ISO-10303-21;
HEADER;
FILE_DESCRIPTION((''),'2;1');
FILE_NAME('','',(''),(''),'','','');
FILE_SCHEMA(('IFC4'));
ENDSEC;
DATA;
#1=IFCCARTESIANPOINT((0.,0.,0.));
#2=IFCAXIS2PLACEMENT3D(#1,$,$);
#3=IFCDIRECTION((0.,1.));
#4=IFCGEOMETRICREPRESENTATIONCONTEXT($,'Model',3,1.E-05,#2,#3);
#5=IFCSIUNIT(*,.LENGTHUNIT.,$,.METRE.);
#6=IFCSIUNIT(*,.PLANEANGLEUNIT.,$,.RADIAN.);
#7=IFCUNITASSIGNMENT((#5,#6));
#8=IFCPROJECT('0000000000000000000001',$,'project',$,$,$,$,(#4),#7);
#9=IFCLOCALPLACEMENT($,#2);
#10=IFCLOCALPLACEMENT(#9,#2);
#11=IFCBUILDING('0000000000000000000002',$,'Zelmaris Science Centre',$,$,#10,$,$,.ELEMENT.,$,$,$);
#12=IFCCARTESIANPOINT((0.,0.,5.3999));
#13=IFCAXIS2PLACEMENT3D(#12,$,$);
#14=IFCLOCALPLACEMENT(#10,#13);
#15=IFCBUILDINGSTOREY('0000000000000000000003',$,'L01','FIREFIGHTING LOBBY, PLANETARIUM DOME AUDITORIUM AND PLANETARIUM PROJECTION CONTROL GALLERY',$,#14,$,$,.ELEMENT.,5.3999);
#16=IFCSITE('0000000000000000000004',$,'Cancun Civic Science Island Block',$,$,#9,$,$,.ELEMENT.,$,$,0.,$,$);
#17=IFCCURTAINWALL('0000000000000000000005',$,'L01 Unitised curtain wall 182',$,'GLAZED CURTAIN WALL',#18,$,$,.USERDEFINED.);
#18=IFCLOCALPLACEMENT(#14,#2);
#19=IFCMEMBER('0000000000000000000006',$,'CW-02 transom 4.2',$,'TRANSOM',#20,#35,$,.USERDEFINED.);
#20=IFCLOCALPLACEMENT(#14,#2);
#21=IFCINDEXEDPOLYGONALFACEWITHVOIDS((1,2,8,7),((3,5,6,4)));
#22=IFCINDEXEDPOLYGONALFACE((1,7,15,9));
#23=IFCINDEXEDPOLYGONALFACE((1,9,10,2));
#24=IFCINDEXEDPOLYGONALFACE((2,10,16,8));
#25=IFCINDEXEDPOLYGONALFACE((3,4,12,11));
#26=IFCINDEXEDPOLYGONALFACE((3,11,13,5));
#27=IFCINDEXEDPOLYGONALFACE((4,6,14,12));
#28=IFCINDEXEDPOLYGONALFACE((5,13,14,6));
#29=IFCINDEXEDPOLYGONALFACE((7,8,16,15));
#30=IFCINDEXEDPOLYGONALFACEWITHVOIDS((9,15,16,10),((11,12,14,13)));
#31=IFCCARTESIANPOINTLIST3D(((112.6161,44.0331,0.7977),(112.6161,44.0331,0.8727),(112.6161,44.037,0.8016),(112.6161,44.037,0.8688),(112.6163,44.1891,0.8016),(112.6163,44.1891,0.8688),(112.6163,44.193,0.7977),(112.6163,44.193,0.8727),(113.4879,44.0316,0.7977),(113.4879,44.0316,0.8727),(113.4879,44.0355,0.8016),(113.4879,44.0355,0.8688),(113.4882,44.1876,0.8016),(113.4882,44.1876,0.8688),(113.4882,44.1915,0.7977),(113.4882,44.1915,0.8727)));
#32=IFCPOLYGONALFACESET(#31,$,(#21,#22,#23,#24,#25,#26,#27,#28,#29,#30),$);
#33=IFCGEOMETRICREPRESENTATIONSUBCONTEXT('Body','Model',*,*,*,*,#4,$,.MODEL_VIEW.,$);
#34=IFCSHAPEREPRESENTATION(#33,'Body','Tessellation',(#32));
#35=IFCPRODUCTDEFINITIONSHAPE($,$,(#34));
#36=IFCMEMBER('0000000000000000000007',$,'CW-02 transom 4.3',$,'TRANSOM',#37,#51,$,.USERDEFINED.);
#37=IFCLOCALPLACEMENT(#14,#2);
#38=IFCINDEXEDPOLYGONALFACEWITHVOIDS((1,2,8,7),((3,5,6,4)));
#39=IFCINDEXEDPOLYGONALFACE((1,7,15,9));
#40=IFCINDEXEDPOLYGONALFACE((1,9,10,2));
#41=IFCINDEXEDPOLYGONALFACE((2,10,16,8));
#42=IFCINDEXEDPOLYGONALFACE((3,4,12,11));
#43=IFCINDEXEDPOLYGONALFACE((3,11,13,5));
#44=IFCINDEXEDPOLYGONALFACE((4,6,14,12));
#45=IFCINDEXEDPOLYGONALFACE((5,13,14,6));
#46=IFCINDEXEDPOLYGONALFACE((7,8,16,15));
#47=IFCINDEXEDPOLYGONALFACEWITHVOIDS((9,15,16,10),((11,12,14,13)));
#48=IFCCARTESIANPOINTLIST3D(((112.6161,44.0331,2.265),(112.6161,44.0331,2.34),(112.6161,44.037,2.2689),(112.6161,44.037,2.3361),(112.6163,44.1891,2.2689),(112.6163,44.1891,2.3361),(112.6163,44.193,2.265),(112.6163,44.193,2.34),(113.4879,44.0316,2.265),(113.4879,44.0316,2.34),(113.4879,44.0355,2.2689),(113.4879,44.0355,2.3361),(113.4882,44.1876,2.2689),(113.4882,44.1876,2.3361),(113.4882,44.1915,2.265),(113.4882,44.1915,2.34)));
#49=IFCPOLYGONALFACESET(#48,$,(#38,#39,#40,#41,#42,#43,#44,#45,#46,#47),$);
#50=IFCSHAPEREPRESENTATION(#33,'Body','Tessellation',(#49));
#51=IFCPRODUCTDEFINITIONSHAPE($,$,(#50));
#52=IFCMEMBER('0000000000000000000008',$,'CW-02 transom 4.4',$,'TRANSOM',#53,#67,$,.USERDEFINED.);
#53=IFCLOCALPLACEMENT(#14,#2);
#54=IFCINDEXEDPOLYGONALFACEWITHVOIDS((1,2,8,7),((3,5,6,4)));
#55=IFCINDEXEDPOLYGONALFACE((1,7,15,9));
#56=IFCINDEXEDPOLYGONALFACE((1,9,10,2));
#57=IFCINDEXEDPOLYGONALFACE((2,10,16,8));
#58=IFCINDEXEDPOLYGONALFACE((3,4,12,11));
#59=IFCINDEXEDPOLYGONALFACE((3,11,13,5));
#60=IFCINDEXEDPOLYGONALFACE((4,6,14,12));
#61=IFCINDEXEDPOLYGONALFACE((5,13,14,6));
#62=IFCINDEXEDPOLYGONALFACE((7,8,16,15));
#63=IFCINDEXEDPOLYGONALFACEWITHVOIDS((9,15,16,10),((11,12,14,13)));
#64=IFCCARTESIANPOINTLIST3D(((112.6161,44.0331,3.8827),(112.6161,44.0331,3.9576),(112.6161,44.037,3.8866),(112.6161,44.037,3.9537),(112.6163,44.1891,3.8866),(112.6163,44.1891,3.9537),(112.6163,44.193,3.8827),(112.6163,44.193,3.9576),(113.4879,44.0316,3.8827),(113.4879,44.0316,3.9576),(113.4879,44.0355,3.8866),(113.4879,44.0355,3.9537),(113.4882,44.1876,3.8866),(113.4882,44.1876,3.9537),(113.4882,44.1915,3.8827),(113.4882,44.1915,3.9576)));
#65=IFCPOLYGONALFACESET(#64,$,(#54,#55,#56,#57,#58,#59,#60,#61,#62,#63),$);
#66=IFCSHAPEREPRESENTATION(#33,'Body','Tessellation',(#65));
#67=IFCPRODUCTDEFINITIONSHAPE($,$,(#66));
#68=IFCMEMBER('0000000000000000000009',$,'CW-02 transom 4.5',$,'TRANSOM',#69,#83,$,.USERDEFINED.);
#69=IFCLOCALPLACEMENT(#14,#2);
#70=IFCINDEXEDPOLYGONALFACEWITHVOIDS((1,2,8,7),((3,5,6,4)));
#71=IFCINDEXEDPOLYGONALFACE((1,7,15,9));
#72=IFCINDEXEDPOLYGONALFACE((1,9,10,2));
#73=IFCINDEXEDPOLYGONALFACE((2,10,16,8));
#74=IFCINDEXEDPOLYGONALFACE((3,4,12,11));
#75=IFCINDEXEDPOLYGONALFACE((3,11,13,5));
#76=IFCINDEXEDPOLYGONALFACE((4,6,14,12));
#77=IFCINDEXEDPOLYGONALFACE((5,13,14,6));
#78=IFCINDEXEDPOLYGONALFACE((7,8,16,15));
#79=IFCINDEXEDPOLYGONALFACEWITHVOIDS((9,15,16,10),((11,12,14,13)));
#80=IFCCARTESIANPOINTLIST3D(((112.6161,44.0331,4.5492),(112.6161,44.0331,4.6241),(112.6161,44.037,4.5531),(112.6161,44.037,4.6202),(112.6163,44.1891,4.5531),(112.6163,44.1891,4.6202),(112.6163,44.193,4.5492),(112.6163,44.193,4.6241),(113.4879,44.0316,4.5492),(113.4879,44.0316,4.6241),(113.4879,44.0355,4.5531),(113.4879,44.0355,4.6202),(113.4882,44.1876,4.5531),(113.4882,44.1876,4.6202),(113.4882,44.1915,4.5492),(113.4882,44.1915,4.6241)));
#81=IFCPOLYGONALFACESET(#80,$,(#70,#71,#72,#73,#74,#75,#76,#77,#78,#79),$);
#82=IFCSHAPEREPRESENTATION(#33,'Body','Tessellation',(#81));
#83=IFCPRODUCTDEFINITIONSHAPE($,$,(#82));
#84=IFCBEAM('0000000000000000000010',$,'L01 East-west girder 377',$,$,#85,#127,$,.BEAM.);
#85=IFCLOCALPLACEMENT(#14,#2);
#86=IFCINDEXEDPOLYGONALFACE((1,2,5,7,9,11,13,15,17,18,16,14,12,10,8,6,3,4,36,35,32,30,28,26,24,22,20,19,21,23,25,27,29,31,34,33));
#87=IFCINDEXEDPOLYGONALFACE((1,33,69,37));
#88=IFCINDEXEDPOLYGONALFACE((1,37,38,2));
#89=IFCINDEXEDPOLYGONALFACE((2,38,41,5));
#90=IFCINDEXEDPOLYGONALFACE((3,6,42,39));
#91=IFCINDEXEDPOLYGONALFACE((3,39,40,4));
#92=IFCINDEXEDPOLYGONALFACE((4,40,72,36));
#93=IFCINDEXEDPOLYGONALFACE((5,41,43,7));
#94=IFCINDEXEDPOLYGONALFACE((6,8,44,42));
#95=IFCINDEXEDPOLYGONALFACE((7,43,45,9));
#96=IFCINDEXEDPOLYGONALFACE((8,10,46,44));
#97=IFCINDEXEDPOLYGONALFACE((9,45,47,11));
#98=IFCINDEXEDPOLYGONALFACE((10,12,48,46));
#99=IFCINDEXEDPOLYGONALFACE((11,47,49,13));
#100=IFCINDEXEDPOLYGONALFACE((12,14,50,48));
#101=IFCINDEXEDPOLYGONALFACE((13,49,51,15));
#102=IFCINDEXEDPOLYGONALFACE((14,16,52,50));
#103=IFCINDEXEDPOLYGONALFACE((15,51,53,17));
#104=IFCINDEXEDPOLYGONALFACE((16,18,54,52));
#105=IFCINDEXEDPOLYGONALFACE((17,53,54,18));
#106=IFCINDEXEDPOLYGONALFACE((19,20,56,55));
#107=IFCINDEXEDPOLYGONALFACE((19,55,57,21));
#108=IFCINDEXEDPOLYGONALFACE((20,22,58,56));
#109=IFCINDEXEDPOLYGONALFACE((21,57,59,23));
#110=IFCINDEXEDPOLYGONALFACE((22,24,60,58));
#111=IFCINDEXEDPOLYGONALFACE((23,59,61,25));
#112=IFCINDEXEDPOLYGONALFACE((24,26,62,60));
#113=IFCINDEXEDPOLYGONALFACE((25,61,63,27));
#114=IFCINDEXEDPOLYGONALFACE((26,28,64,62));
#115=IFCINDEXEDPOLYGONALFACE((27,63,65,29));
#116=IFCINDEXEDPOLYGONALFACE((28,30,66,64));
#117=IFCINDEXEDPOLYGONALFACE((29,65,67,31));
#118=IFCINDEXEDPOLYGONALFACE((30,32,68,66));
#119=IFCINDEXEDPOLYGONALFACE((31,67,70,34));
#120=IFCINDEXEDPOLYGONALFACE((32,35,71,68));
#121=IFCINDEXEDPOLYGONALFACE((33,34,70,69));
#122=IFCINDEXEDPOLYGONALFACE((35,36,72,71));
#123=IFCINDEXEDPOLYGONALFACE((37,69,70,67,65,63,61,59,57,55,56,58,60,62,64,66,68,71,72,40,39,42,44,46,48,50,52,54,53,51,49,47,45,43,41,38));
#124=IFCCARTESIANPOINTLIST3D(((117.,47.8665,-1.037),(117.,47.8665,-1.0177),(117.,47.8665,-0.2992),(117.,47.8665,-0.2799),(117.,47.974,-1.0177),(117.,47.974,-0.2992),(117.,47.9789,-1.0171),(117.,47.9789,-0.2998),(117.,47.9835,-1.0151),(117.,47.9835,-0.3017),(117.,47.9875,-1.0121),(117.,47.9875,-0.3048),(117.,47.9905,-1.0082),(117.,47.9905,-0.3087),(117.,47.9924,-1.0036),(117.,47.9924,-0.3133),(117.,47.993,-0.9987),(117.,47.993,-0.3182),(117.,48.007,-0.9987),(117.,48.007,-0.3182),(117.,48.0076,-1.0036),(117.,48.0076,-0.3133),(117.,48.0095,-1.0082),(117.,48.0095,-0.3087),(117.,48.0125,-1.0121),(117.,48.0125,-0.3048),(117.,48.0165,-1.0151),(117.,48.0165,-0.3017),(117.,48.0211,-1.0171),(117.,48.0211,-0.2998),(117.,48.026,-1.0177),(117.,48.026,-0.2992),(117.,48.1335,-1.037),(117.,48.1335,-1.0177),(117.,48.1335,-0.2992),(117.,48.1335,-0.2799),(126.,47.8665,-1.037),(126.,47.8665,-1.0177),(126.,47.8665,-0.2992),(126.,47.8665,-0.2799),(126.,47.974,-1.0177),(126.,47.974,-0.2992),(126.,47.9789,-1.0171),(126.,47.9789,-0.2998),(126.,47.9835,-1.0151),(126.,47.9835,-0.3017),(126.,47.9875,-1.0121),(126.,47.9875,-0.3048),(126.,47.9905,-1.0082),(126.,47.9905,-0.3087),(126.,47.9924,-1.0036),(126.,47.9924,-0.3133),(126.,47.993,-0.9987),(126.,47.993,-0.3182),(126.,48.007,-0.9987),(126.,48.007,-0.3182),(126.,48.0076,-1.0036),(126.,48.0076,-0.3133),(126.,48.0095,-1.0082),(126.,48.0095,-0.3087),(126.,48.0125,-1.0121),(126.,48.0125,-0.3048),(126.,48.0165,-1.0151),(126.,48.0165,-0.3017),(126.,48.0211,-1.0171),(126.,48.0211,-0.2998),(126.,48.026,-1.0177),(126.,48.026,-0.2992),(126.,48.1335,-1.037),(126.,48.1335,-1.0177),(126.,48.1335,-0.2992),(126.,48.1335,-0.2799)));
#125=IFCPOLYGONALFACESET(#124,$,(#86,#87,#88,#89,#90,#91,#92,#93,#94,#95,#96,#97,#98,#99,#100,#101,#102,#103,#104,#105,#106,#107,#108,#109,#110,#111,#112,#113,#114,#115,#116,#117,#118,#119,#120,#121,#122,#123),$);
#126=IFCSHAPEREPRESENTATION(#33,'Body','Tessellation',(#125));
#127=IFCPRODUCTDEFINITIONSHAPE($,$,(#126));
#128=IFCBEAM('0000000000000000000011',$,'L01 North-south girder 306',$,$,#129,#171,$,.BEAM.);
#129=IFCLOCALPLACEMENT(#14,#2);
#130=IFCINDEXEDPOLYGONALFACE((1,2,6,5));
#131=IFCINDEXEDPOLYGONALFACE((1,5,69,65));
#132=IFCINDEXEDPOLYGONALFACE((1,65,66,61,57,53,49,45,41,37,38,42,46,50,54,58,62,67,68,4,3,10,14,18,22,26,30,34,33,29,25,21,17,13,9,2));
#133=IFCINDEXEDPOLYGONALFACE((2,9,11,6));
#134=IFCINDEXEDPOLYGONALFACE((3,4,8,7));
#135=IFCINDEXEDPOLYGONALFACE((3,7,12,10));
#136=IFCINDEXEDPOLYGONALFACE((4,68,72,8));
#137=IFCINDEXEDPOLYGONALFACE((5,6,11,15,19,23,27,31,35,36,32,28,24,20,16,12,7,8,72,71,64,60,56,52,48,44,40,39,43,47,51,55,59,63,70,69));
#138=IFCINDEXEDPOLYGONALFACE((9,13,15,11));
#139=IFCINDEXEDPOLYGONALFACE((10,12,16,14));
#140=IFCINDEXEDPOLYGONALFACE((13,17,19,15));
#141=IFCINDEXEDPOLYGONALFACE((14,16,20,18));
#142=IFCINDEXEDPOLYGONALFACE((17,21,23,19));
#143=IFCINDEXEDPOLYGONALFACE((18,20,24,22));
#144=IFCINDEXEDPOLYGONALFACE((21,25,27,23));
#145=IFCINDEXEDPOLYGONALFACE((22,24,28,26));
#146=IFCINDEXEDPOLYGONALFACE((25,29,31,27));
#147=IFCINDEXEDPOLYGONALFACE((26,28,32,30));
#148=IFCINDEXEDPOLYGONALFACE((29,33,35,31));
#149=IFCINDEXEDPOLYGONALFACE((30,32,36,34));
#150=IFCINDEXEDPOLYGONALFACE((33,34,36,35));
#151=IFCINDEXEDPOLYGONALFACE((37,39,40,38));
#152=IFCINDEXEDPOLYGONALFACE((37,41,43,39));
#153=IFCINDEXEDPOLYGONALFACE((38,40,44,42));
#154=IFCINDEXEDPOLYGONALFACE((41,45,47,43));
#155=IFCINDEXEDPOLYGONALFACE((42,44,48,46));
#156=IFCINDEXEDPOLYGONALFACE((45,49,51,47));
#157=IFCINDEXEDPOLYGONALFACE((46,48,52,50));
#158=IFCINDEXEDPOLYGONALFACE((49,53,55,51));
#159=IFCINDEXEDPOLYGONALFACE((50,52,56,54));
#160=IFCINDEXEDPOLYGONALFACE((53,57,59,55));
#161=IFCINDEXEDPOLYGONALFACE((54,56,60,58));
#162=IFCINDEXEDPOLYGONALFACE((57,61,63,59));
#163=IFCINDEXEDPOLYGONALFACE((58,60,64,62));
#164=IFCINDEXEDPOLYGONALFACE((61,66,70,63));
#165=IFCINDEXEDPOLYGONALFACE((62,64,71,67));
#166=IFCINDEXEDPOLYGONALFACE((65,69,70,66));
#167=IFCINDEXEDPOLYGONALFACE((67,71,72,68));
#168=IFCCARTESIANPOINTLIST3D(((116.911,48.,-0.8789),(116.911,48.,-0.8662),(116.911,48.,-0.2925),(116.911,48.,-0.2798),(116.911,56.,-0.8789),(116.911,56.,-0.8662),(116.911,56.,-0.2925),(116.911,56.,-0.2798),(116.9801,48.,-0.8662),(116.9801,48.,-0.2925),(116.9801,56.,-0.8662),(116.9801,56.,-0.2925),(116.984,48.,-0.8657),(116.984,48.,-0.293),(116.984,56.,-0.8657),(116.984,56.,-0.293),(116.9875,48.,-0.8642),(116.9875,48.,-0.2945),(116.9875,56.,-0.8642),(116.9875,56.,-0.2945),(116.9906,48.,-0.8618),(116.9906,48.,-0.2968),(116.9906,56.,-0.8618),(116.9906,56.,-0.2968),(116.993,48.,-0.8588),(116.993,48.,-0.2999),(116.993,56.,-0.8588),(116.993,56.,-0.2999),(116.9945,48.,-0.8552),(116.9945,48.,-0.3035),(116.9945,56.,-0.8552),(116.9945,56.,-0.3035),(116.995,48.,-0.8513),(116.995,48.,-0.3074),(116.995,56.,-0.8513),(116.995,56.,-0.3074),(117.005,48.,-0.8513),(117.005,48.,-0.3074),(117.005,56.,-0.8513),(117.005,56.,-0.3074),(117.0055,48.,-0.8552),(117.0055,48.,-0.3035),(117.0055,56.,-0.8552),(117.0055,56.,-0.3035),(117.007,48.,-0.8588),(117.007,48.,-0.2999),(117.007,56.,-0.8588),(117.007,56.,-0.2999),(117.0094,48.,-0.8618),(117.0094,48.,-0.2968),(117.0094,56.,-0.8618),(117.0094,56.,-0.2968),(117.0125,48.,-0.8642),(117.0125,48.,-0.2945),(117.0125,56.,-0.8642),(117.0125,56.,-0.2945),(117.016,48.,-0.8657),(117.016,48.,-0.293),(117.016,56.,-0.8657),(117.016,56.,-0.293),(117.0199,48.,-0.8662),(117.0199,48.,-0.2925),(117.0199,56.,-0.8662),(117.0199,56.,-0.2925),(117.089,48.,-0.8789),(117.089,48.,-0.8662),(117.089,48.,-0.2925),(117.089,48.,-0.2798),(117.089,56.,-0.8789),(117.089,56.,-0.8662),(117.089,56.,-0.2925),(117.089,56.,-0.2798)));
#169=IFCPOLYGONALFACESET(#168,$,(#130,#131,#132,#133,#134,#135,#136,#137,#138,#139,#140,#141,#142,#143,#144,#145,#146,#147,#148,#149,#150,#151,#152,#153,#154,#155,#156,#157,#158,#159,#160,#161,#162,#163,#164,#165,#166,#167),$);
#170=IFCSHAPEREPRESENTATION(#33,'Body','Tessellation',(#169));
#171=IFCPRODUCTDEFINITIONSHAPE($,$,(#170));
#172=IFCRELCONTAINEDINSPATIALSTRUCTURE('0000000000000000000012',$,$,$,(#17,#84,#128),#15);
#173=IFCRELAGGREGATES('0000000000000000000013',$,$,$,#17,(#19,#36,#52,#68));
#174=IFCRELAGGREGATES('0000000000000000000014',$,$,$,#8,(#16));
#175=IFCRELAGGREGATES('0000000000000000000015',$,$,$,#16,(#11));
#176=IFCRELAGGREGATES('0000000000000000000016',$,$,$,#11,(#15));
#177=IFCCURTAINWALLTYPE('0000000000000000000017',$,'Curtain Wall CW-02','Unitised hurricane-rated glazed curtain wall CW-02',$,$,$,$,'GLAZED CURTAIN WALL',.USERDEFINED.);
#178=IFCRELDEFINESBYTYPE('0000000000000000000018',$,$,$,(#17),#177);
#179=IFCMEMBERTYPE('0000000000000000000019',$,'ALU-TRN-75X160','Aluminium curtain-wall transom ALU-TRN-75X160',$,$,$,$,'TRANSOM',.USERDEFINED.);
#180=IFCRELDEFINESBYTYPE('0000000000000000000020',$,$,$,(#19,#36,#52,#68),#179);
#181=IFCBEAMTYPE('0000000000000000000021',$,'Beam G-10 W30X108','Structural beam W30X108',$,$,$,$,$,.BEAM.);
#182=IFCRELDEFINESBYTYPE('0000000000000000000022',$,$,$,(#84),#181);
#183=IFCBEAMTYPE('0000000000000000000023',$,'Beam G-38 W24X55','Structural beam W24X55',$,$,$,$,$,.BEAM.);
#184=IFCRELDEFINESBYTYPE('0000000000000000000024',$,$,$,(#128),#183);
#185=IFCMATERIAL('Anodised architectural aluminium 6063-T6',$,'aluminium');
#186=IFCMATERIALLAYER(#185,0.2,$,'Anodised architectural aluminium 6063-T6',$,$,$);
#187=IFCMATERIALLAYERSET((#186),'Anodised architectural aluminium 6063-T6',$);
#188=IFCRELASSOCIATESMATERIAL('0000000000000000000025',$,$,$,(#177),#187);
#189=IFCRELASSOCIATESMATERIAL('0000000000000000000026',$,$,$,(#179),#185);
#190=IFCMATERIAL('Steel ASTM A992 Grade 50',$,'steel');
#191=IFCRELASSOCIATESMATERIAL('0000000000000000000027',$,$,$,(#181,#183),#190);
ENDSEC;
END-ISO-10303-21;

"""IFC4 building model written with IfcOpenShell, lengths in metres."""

from ifc_helpers import new_model, si_unit, direction, frame, origin, origin_2d, place, context, subcontext, project, spatial, hollow_rectangle, i_section, extrude, material, layer, layer_set, material_profile, profile_set, type_object, element, aggregate, save


model = new_model("IFC4")

# Units and contexts
model_context = context("Model", 3, precision=1e-05, world=origin(), true_north=direction((0.0, 1.0)))
body_context = subcontext(model_context, "Body", "Model", "MODEL_VIEW")
ifc_project = project(units=[si_unit("LENGTHUNIT", "METRE"), si_unit("PLANEANGLEUNIT", "RADIAN")], contexts=[model_context])

# Site, building, storey
site_placement = place(None, origin())
site = spatial("IfcSite", under=ifc_project, at=site_placement, Name="Cancun Civic Science Island Block", CompositionType="ELEMENT", RefElevation=0.0)
building_placement = place(site_placement, origin())
building = spatial("IfcBuilding", under=site, at=building_placement, Name="Zelmaris Science Centre", CompositionType="ELEMENT")
storey_placement = place(building_placement, frame((0.0, 0.0, 5.3999)))
storey = spatial("IfcBuildingStorey", under=building, at=storey_placement, Name="L01", Description="FIREFIGHTING LOBBY, PLANETARIUM DOME AUDITORIUM AND PLANETARIUM PROJECTION CONTROL GALLERY", CompositionType="ELEMENT", Elevation=5.3999)

# Shared definitions
ifc_material_1 = material(Name="Steel ASTM A992 Grade 50", Category="steel")

# Curtain wall, members
ifc_material_2 = material(Name="Anodised architectural aluminium 6063-T6", Category="aluminium")
ifc_layer_1 = layer(ifc_material_2, 0.2, Name="Anodised architectural aluminium 6063-T6")
ifc_layer_set_1 = layer_set([ifc_layer_1], Name="Anodised architectural aluminium 6063-T6")
curtain_wall_type = type_object("IfcCurtainWallType", Name="Curtain Wall CW-02", Description="Unitised hurricane-rated glazed curtain wall CW-02", ElementType="GLAZED CURTAIN WALL", PredefinedType="USERDEFINED", material=ifc_layer_set_1)
curtain_wall_placement = place(storey_placement, origin())
curtain_wall = element("IfcCurtainWall", 1, at=curtain_wall_placement, inside=storey, type_object=curtain_wall_type, Name="L01 Unitised curtain wall 182", ObjectType="GLAZED CURTAIN WALL", PredefinedType="USERDEFINED")
ifc_material_profile_1 = material_profile(ifc_material_2, hollow_rectangle(XDim=0.075, YDim=0.1599, WallThickness=0.0039, at=origin_2d()), Name="ALU-TRN-75X160")
ifc_profile_set_1 = profile_set([ifc_material_profile_1], Name="Anodised architectural aluminium 6063-T6")
member_type_1 = type_object("IfcMemberType", Name="ALU-TRN-75X160", Description="Aluminium curtain-wall transom ALU-TRN-75X160", ElementType="TRANSOM", PredefinedType="USERDEFINED", material=ifc_profile_set_1)
member_1_placement = place(storey_placement, frame((113.488, 44.1116, 0.8352), z_axis=(-0.999999, 0.00168, 0.0), x_axis=(0.0, 0.0, 1.0)))
member_1 = element("IfcMember", 2, at=member_1_placement, type_object=member_type_1, Name="CW-02 transom 4.2", ObjectType="TRANSOM", PredefinedType="USERDEFINED", context=body_context, shape_type="SweptSolid", body=[
    extrude(hollow_rectangle(XDim=0.075, YDim=0.1599, WallThickness=0.0039, at=origin_2d()), origin(), (0.0, 0.0, 1.0), 0.8718),
])
member_2_placement = place(storey_placement, frame((113.488, 44.1116, 2.3025), z_axis=(-0.999999, 0.00168, 0.0), x_axis=(0.0, 0.0, 1.0)))
member_2 = element("IfcMember", 3, at=member_2_placement, type_object=member_type_1, Name="CW-02 transom 4.3", ObjectType="TRANSOM", PredefinedType="USERDEFINED", context=body_context, shape_type="SweptSolid", body=[
    extrude(hollow_rectangle(XDim=0.075, YDim=0.1599, WallThickness=0.0039, at=origin_2d()), origin(), (0.0, 0.0, 1.0), 0.8718),
])
member_3_placement = place(storey_placement, frame((113.488, 44.1116, 3.9202), z_axis=(-0.999999, 0.00168, 0.0), x_axis=(0.0, 0.0, 1.0)))
member_3 = element("IfcMember", 4, at=member_3_placement, type_object=member_type_1, Name="CW-02 transom 4.4", ObjectType="TRANSOM", PredefinedType="USERDEFINED", context=body_context, shape_type="SweptSolid", body=[
    extrude(hollow_rectangle(XDim=0.075, YDim=0.1599, WallThickness=0.0039, at=origin_2d()), origin(), (0.0, 0.0, 1.0), 0.8718),
])
member_4_placement = place(storey_placement, frame((113.488, 44.1116, 4.5867), z_axis=(-0.999999, 0.00168, 0.0), x_axis=(0.0, 0.0, 1.0)))
member_4 = element("IfcMember", 5, at=member_4_placement, type_object=member_type_1, Name="CW-02 transom 4.5", ObjectType="TRANSOM", PredefinedType="USERDEFINED", context=body_context, shape_type="SweptSolid", body=[
    extrude(hollow_rectangle(XDim=0.075, YDim=0.1599, WallThickness=0.0039, at=origin_2d()), origin(), (0.0, 0.0, 1.0), 0.8718),
])

# Beams
ifc_material_profile_2 = material_profile(ifc_material_1, i_section(OverallWidth=0.2671, OverallDepth=0.7571, WebThickness=0.0139, FlangeThickness=0.0193, FilletRadius=0.019, at=origin_2d()), Name="W30X108")
ifc_profile_set_2 = profile_set([ifc_material_profile_2], Name="Steel ASTM A992 Grade 50")
beam_type_1 = type_object("IfcBeamType", Name="Beam G-10 W30X108", Description="Structural beam W30X108", PredefinedType="BEAM", material=ifc_profile_set_2)
beam_1_placement = place(storey_placement, frame((117.0, 48.0, -0.6584), z_axis=(1.0, 0.0, 0.0), x_axis=(0.0, 1.0, 0.0)))
element("IfcBeam", 6, at=beam_1_placement, inside=storey, type_object=beam_type_1, Name="L01 East-west girder 377", PredefinedType="BEAM", context=body_context, shape_type="SweptSolid", body=[
    extrude(i_section(OverallWidth=0.2671, OverallDepth=0.7571, WebThickness=0.0139, FlangeThickness=0.0193, FilletRadius=0.019, at=origin_2d()), origin(), (0.0, 0.0, 1.0), 9.0),
])
ifc_material_profile_3 = material_profile(ifc_material_1, i_section(OverallWidth=0.178, OverallDepth=0.5991, WebThickness=0.01, FlangeThickness=0.0127, FilletRadius=0.0149, at=origin_2d()), Name="W24X55")
ifc_profile_set_3 = profile_set([ifc_material_profile_3], Name="Steel ASTM A992 Grade 50")
beam_type_2 = type_object("IfcBeamType", Name="Beam G-38 W24X55", Description="Structural beam W24X55", PredefinedType="BEAM", material=ifc_profile_set_3)
beam_2_placement = place(storey_placement, frame((117.0, 48.0, -0.5793), z_axis=(0.0, 1.0, 0.0), x_axis=(-1.0, 0.0, 0.0)))
element("IfcBeam", 7, at=beam_2_placement, inside=storey, type_object=beam_type_2, Name="L01 North-south girder 306", PredefinedType="BEAM", context=body_context, shape_type="SweptSolid", body=[
    extrude(i_section(OverallWidth=0.178, OverallDepth=0.5991, WebThickness=0.01, FlangeThickness=0.0127, FilletRadius=0.0149, at=origin_2d()), origin(), (0.0, 0.0, 1.0), 8.0),
])

aggregate(curtain_wall, [member_1, member_2, member_3, member_4])

save(model, "model.ifc")
